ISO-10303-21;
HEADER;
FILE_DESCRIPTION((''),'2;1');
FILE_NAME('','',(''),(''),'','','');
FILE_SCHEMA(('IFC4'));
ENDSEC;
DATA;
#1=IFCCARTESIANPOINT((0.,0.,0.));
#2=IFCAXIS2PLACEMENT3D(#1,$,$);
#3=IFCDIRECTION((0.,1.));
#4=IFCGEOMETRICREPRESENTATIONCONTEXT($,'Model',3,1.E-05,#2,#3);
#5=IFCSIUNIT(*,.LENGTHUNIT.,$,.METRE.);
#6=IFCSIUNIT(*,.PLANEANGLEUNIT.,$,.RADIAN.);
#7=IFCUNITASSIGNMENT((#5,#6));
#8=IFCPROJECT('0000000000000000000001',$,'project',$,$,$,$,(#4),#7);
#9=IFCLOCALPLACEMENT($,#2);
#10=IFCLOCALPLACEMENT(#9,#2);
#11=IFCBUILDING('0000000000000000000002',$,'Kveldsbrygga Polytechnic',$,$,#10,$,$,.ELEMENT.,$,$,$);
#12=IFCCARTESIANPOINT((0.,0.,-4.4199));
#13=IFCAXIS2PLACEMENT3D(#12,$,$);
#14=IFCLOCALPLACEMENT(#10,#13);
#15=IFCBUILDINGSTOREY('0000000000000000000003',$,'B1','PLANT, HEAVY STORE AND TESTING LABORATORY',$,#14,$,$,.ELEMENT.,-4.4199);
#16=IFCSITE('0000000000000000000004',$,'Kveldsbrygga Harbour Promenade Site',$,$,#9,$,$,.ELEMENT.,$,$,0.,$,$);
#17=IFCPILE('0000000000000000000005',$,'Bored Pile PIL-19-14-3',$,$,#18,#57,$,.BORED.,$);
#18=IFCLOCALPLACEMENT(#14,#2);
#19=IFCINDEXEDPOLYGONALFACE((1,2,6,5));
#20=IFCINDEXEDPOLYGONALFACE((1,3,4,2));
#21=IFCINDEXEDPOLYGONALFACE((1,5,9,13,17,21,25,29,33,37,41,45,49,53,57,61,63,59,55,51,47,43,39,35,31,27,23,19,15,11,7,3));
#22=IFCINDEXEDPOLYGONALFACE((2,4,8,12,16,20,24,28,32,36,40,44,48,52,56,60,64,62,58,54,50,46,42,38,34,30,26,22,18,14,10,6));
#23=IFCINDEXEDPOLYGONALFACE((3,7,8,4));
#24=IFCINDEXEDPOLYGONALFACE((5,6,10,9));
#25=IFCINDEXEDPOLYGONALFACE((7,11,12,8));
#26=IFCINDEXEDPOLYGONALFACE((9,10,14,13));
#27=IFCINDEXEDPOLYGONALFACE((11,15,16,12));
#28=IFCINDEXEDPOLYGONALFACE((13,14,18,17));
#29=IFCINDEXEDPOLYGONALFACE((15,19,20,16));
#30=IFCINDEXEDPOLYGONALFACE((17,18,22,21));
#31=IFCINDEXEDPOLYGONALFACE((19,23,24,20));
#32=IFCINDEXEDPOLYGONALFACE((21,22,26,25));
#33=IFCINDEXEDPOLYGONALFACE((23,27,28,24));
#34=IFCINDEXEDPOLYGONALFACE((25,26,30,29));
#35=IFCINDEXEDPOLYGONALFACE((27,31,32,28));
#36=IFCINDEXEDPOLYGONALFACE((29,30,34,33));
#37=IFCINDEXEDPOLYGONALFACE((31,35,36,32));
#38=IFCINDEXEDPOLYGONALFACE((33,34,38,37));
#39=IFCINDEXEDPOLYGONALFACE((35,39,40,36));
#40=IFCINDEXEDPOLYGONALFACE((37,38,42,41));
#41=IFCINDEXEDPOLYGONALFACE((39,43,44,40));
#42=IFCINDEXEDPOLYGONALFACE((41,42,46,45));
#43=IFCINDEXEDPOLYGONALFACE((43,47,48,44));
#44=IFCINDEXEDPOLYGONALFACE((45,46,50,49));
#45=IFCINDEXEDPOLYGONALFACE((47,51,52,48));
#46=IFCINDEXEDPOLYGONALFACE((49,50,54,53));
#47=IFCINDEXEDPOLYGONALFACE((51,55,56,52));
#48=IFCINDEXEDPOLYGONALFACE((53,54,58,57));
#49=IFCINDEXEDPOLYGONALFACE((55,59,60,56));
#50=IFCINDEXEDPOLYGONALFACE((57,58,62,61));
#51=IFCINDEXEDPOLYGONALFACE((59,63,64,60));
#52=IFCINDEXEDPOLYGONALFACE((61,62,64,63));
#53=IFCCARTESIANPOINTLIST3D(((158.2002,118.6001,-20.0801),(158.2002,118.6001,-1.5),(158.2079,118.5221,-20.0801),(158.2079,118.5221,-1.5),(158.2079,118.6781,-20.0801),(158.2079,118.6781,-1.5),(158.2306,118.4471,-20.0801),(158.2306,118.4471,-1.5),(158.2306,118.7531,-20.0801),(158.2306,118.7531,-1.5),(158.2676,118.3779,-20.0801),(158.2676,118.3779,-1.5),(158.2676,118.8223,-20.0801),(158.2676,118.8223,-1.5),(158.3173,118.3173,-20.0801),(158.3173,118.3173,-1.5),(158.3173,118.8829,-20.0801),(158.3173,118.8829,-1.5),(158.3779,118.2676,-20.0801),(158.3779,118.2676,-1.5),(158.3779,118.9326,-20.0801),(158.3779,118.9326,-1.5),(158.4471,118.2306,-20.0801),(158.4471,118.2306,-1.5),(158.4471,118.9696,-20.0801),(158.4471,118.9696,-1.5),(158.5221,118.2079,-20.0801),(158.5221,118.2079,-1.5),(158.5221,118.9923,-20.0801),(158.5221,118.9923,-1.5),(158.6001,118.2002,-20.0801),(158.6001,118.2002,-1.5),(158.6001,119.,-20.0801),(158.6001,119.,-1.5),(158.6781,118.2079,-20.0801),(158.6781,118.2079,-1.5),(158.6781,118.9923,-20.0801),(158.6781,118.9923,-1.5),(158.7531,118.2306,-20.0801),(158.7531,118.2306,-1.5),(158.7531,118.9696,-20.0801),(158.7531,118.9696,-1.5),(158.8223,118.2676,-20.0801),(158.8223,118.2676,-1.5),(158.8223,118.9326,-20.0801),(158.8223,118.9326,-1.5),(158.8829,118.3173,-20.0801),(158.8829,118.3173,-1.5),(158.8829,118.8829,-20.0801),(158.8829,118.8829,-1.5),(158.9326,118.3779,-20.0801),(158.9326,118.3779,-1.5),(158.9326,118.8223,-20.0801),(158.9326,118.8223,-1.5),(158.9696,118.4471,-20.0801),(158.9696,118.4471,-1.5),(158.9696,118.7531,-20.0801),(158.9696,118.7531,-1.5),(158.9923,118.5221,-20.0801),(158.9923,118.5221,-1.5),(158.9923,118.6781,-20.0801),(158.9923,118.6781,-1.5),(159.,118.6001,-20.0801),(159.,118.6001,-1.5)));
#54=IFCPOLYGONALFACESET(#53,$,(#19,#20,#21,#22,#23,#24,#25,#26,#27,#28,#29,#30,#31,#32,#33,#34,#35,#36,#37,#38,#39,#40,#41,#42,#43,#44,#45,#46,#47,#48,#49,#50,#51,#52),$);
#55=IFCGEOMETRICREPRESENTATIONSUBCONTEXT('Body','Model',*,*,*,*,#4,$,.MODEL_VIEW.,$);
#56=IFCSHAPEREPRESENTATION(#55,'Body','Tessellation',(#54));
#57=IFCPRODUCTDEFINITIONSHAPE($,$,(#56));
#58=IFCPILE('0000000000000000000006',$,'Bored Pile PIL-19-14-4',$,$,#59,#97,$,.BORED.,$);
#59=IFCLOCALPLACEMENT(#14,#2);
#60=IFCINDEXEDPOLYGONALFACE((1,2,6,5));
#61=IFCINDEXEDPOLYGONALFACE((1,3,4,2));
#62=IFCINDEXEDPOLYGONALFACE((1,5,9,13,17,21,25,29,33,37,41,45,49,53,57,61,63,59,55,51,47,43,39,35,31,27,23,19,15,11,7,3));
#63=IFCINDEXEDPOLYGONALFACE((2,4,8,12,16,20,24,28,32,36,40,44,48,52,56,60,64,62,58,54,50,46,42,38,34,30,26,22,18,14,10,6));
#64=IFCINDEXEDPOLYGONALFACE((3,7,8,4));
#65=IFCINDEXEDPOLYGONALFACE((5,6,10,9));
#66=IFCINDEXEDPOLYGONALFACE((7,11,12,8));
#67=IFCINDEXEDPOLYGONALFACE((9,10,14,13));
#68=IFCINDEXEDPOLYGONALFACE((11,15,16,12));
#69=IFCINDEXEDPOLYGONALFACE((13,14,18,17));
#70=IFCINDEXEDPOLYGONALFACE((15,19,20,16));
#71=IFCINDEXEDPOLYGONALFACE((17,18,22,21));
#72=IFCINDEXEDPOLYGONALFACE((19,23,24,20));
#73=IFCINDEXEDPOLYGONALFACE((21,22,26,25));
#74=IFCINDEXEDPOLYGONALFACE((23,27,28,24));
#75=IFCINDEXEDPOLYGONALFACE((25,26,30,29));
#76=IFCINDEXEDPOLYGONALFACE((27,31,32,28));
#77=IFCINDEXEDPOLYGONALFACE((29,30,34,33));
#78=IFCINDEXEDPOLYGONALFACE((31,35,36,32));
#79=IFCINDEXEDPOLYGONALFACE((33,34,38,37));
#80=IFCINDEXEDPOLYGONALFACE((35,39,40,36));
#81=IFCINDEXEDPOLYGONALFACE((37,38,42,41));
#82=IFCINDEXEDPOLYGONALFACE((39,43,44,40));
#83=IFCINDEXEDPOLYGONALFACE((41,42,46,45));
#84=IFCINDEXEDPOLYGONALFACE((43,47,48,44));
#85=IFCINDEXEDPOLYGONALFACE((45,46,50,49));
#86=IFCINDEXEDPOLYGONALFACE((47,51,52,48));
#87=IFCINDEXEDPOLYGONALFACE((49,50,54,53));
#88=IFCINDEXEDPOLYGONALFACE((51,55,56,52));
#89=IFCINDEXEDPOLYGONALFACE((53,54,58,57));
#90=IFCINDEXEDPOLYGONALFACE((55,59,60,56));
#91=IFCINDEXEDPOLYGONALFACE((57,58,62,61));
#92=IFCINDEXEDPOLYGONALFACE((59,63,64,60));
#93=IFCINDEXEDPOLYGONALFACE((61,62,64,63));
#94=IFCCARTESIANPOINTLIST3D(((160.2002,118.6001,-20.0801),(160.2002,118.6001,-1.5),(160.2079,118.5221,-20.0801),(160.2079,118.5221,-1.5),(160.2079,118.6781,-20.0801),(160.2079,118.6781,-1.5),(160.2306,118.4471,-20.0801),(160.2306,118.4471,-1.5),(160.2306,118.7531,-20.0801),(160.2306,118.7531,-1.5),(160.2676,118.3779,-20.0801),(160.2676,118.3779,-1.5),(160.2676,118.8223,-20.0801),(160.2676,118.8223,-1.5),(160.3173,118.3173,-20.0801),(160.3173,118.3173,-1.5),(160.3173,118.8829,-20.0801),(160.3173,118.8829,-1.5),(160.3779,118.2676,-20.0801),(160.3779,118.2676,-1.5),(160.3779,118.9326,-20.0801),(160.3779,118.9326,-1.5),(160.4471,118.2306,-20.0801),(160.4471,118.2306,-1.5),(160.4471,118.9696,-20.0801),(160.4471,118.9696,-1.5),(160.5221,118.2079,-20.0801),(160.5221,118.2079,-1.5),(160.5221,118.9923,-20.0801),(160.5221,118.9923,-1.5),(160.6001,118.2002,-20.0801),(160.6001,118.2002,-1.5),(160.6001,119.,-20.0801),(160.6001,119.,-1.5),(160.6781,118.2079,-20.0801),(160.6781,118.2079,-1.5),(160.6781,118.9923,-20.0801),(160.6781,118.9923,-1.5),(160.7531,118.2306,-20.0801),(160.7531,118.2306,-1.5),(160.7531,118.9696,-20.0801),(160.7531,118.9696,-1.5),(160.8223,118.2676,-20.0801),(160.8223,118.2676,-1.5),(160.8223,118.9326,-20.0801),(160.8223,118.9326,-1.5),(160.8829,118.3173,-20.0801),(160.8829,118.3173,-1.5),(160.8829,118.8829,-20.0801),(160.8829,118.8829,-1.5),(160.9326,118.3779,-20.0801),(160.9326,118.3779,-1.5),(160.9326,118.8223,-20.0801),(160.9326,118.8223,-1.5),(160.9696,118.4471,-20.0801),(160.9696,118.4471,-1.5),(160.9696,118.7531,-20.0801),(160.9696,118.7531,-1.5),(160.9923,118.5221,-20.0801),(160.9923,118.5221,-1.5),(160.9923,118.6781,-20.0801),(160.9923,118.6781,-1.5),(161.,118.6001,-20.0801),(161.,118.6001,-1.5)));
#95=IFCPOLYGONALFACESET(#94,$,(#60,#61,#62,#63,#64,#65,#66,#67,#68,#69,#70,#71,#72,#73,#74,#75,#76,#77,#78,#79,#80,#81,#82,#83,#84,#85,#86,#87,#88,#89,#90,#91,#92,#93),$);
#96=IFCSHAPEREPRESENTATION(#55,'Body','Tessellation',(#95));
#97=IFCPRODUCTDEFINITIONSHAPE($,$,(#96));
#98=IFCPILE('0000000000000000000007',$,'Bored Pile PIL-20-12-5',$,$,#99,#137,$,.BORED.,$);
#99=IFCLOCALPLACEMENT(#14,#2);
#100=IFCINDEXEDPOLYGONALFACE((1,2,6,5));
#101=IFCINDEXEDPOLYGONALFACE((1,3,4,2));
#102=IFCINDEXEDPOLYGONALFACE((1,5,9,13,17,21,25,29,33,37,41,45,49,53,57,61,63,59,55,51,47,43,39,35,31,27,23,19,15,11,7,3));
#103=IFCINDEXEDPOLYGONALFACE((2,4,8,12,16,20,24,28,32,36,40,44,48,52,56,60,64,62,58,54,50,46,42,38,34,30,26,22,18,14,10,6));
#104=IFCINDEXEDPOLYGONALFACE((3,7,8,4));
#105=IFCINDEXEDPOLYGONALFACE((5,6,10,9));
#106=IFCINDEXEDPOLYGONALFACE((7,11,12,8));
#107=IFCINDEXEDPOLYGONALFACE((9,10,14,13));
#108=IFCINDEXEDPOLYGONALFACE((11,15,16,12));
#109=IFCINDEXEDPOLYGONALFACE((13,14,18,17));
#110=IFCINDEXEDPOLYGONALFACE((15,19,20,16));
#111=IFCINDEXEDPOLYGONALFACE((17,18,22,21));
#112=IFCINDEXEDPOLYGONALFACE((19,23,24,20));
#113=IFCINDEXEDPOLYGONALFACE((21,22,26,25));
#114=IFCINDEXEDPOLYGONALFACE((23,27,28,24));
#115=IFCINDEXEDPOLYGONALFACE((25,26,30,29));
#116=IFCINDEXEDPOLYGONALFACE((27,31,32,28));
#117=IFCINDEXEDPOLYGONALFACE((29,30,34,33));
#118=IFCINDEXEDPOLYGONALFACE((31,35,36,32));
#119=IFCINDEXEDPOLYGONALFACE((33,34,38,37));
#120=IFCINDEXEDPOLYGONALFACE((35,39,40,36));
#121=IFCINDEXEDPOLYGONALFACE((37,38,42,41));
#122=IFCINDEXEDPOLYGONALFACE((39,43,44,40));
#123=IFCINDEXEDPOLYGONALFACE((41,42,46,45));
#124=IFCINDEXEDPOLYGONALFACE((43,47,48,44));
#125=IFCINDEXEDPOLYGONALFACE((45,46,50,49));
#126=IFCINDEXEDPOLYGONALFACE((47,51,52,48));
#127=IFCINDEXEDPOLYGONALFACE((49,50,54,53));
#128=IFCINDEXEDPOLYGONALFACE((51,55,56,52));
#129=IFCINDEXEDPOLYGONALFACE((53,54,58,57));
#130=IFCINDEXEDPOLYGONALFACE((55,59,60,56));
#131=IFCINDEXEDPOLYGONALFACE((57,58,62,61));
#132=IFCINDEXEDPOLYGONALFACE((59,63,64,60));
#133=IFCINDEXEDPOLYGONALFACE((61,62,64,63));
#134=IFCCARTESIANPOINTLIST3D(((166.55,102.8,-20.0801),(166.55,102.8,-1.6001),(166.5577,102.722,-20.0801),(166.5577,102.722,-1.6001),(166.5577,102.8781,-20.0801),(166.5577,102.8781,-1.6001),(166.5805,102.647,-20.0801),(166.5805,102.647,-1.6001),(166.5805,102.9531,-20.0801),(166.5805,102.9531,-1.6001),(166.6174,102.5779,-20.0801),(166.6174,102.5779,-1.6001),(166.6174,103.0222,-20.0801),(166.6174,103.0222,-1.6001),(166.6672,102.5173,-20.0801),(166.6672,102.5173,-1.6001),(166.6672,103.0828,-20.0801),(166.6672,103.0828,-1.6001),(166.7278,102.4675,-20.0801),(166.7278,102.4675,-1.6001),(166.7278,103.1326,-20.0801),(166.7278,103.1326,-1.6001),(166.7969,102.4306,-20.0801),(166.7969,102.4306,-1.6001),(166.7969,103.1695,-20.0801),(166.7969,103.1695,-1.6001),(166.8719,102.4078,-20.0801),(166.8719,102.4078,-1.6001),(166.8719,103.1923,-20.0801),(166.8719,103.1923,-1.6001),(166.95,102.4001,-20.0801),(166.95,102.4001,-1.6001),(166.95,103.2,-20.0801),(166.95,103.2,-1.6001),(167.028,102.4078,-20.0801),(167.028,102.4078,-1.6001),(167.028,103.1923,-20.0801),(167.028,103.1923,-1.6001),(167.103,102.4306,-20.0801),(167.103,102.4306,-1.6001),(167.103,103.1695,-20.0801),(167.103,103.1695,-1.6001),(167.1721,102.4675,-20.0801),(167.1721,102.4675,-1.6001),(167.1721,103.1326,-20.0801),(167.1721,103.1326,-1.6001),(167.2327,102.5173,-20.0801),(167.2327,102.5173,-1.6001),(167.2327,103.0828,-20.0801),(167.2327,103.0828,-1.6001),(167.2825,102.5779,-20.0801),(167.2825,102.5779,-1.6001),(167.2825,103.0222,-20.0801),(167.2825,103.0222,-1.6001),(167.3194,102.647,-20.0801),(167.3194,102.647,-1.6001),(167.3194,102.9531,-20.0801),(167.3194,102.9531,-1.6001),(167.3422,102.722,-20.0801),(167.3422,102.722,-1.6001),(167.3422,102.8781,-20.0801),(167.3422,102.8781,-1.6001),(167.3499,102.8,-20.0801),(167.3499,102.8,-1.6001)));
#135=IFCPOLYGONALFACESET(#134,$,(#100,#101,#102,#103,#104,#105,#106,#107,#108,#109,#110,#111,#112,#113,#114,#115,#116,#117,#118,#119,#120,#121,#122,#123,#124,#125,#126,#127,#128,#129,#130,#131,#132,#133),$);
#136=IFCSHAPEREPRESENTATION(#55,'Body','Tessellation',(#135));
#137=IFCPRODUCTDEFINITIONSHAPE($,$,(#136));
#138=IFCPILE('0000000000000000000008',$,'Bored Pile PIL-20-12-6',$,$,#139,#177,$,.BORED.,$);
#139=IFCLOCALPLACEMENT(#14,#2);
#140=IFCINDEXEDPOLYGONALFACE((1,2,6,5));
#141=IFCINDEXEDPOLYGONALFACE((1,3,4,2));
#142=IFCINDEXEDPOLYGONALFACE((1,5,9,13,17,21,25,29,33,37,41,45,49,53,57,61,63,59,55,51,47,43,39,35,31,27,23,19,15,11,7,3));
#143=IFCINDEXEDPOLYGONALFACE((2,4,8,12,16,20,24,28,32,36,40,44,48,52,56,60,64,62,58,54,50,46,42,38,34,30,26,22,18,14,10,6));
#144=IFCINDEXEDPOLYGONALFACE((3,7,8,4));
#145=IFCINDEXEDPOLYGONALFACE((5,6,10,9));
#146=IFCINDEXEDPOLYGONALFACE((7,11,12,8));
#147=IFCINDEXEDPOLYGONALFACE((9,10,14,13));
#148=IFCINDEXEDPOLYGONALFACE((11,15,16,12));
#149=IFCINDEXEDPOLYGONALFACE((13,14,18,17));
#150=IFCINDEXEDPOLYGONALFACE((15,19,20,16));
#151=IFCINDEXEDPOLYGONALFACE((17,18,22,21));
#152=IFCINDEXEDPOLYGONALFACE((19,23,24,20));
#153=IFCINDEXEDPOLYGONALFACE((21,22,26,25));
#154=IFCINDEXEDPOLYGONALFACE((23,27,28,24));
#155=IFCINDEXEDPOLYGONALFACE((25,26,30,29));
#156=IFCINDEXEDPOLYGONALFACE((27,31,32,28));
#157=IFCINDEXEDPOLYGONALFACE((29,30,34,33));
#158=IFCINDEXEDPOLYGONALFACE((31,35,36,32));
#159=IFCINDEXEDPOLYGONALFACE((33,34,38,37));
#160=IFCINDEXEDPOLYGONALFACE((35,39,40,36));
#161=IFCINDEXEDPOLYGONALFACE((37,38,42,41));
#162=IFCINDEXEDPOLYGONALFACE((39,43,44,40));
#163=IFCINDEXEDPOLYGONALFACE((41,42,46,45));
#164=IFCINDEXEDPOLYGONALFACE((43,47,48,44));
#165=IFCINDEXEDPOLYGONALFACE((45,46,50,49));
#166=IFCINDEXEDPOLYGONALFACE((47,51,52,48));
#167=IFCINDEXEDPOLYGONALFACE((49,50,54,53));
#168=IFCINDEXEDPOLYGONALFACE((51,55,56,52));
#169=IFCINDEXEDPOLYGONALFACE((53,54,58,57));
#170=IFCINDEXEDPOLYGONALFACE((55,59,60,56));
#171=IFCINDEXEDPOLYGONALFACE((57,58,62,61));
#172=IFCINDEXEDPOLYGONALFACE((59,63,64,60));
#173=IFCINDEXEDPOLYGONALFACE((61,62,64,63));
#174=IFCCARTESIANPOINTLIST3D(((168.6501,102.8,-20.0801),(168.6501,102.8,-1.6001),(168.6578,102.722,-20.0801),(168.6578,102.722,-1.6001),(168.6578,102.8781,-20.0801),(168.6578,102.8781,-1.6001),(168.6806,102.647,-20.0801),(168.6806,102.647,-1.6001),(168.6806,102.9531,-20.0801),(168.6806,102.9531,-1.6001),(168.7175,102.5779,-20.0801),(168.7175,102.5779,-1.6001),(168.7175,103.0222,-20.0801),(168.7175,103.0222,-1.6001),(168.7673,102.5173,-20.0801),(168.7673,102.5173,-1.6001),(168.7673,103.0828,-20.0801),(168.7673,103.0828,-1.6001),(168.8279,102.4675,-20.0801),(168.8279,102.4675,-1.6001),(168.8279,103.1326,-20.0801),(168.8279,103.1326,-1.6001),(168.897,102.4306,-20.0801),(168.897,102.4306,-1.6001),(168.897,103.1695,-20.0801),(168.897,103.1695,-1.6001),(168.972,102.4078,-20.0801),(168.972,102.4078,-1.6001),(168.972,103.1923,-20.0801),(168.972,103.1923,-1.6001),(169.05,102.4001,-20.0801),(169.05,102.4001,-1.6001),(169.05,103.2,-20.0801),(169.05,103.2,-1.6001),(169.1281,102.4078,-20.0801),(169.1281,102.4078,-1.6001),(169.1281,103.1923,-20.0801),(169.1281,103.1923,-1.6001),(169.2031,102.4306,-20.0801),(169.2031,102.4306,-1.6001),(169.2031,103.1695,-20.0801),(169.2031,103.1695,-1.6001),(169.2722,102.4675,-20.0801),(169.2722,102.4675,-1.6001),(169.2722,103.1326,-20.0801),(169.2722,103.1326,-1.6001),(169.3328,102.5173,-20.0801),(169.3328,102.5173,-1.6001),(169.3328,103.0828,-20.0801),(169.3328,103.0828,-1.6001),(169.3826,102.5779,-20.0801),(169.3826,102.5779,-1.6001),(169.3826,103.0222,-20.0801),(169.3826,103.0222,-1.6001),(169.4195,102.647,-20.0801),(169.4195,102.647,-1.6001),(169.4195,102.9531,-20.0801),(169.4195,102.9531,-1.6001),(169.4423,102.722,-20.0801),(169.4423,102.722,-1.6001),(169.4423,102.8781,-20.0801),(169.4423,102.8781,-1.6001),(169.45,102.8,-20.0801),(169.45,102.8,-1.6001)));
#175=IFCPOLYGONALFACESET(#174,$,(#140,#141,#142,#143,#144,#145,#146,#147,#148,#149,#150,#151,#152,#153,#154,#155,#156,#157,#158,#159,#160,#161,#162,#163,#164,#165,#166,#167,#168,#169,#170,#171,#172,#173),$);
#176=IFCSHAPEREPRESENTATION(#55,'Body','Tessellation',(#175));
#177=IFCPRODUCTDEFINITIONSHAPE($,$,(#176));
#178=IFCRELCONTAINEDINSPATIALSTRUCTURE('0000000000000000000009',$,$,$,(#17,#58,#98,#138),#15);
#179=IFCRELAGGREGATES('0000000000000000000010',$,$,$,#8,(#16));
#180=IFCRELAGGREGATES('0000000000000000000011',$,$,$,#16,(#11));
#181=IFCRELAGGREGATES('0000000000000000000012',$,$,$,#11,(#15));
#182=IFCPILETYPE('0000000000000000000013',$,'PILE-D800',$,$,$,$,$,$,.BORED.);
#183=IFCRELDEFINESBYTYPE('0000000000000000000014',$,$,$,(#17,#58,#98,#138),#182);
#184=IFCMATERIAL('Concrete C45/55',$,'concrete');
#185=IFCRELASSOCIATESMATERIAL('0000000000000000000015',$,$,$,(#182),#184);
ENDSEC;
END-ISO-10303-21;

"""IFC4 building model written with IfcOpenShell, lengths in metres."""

from ifc_helpers import new_model, si_unit, direction, frame, origin, origin_2d, place, context, subcontext, project, spatial, circle, extrude, material, material_profile, profile_set, type_object, element, save


model = new_model("IFC4")

# Units and contexts
model_context = context("Model", 3, precision=1e-05, world=origin(), true_north=direction((0.0, 1.0)))
body_context = subcontext(model_context, "Body", "Model", "MODEL_VIEW")
ifc_project = project(units=[si_unit("LENGTHUNIT", "METRE"), si_unit("PLANEANGLEUNIT", "RADIAN")], contexts=[model_context])

# Site, building, storey
site_placement = place(None, origin())
site = spatial("IfcSite", under=ifc_project, at=site_placement, Name="Kveldsbrygga Harbour Promenade Site", CompositionType="ELEMENT", RefElevation=0.0)
building_placement = place(site_placement, origin())
building = spatial("IfcBuilding", under=site, at=building_placement, Name="Kveldsbrygga Polytechnic", CompositionType="ELEMENT")
storey_placement = place(building_placement, frame((0.0, 0.0, -4.4199)))
storey = spatial("IfcBuildingStorey", under=building, at=storey_placement, Name="B1", Description="PLANT, HEAVY STORE AND TESTING LABORATORY", CompositionType="ELEMENT", Elevation=-4.4199)

# Shared definitions
ifc_material_1 = material(Name="Concrete C45/55", Category="concrete")

# Piles
ifc_material_profile_1 = material_profile(ifc_material_1, circle(Radius=0.3999, at=origin_2d()), Name="PILE D800")
ifc_profile_set_1 = profile_set([ifc_material_profile_1], Name="Concrete C45/55")
pile_type = type_object("IfcPileType", Name="PILE-D800", PredefinedType="BORED", material=ifc_profile_set_1)
for number, where, z_axis, x_axis, name in (
    (1, (158.6001, 118.6001, -1.5), (0.0, 0.0, -1.0), (1.0, 0.0, 0.0), "Bored Pile PIL-19-14-3"),
    (2, (160.6001, 118.6001, -1.5), (0.0, 0.0, -1.0), (1.0, 0.0, 0.0), "Bored Pile PIL-19-14-4"),
):
    element("IfcPile", number, at=place(storey_placement, frame(where, z_axis=z_axis, x_axis=x_axis)), inside=storey, type_object=pile_type, Name=name, PredefinedType="BORED", context=body_context, shape_type="SweptSolid", body=[
        extrude(circle(Radius=0.3999, at=origin_2d()), origin(), (0.0, 0.0, 1.0), 18.5801),
    ])
for number, where, z_axis, x_axis, name in (
    (3, (166.95, 102.8, -1.6001), (0.0, 0.0, -1.0), (1.0, 0.0, 0.0), "Bored Pile PIL-20-12-5"),
    (4, (169.05, 102.8, -1.6001), (0.0, 0.0, -1.0), (1.0, 0.0, 0.0), "Bored Pile PIL-20-12-6"),
):
    element("IfcPile", number, at=place(storey_placement, frame(where, z_axis=z_axis, x_axis=x_axis)), inside=storey, type_object=pile_type, Name=name, PredefinedType="BORED", context=body_context, shape_type="SweptSolid", body=[
        extrude(circle(Radius=0.3999, at=origin_2d()), origin(), (0.0, 0.0, 1.0), 18.48),
    ])

save(model, "model.ifc")
